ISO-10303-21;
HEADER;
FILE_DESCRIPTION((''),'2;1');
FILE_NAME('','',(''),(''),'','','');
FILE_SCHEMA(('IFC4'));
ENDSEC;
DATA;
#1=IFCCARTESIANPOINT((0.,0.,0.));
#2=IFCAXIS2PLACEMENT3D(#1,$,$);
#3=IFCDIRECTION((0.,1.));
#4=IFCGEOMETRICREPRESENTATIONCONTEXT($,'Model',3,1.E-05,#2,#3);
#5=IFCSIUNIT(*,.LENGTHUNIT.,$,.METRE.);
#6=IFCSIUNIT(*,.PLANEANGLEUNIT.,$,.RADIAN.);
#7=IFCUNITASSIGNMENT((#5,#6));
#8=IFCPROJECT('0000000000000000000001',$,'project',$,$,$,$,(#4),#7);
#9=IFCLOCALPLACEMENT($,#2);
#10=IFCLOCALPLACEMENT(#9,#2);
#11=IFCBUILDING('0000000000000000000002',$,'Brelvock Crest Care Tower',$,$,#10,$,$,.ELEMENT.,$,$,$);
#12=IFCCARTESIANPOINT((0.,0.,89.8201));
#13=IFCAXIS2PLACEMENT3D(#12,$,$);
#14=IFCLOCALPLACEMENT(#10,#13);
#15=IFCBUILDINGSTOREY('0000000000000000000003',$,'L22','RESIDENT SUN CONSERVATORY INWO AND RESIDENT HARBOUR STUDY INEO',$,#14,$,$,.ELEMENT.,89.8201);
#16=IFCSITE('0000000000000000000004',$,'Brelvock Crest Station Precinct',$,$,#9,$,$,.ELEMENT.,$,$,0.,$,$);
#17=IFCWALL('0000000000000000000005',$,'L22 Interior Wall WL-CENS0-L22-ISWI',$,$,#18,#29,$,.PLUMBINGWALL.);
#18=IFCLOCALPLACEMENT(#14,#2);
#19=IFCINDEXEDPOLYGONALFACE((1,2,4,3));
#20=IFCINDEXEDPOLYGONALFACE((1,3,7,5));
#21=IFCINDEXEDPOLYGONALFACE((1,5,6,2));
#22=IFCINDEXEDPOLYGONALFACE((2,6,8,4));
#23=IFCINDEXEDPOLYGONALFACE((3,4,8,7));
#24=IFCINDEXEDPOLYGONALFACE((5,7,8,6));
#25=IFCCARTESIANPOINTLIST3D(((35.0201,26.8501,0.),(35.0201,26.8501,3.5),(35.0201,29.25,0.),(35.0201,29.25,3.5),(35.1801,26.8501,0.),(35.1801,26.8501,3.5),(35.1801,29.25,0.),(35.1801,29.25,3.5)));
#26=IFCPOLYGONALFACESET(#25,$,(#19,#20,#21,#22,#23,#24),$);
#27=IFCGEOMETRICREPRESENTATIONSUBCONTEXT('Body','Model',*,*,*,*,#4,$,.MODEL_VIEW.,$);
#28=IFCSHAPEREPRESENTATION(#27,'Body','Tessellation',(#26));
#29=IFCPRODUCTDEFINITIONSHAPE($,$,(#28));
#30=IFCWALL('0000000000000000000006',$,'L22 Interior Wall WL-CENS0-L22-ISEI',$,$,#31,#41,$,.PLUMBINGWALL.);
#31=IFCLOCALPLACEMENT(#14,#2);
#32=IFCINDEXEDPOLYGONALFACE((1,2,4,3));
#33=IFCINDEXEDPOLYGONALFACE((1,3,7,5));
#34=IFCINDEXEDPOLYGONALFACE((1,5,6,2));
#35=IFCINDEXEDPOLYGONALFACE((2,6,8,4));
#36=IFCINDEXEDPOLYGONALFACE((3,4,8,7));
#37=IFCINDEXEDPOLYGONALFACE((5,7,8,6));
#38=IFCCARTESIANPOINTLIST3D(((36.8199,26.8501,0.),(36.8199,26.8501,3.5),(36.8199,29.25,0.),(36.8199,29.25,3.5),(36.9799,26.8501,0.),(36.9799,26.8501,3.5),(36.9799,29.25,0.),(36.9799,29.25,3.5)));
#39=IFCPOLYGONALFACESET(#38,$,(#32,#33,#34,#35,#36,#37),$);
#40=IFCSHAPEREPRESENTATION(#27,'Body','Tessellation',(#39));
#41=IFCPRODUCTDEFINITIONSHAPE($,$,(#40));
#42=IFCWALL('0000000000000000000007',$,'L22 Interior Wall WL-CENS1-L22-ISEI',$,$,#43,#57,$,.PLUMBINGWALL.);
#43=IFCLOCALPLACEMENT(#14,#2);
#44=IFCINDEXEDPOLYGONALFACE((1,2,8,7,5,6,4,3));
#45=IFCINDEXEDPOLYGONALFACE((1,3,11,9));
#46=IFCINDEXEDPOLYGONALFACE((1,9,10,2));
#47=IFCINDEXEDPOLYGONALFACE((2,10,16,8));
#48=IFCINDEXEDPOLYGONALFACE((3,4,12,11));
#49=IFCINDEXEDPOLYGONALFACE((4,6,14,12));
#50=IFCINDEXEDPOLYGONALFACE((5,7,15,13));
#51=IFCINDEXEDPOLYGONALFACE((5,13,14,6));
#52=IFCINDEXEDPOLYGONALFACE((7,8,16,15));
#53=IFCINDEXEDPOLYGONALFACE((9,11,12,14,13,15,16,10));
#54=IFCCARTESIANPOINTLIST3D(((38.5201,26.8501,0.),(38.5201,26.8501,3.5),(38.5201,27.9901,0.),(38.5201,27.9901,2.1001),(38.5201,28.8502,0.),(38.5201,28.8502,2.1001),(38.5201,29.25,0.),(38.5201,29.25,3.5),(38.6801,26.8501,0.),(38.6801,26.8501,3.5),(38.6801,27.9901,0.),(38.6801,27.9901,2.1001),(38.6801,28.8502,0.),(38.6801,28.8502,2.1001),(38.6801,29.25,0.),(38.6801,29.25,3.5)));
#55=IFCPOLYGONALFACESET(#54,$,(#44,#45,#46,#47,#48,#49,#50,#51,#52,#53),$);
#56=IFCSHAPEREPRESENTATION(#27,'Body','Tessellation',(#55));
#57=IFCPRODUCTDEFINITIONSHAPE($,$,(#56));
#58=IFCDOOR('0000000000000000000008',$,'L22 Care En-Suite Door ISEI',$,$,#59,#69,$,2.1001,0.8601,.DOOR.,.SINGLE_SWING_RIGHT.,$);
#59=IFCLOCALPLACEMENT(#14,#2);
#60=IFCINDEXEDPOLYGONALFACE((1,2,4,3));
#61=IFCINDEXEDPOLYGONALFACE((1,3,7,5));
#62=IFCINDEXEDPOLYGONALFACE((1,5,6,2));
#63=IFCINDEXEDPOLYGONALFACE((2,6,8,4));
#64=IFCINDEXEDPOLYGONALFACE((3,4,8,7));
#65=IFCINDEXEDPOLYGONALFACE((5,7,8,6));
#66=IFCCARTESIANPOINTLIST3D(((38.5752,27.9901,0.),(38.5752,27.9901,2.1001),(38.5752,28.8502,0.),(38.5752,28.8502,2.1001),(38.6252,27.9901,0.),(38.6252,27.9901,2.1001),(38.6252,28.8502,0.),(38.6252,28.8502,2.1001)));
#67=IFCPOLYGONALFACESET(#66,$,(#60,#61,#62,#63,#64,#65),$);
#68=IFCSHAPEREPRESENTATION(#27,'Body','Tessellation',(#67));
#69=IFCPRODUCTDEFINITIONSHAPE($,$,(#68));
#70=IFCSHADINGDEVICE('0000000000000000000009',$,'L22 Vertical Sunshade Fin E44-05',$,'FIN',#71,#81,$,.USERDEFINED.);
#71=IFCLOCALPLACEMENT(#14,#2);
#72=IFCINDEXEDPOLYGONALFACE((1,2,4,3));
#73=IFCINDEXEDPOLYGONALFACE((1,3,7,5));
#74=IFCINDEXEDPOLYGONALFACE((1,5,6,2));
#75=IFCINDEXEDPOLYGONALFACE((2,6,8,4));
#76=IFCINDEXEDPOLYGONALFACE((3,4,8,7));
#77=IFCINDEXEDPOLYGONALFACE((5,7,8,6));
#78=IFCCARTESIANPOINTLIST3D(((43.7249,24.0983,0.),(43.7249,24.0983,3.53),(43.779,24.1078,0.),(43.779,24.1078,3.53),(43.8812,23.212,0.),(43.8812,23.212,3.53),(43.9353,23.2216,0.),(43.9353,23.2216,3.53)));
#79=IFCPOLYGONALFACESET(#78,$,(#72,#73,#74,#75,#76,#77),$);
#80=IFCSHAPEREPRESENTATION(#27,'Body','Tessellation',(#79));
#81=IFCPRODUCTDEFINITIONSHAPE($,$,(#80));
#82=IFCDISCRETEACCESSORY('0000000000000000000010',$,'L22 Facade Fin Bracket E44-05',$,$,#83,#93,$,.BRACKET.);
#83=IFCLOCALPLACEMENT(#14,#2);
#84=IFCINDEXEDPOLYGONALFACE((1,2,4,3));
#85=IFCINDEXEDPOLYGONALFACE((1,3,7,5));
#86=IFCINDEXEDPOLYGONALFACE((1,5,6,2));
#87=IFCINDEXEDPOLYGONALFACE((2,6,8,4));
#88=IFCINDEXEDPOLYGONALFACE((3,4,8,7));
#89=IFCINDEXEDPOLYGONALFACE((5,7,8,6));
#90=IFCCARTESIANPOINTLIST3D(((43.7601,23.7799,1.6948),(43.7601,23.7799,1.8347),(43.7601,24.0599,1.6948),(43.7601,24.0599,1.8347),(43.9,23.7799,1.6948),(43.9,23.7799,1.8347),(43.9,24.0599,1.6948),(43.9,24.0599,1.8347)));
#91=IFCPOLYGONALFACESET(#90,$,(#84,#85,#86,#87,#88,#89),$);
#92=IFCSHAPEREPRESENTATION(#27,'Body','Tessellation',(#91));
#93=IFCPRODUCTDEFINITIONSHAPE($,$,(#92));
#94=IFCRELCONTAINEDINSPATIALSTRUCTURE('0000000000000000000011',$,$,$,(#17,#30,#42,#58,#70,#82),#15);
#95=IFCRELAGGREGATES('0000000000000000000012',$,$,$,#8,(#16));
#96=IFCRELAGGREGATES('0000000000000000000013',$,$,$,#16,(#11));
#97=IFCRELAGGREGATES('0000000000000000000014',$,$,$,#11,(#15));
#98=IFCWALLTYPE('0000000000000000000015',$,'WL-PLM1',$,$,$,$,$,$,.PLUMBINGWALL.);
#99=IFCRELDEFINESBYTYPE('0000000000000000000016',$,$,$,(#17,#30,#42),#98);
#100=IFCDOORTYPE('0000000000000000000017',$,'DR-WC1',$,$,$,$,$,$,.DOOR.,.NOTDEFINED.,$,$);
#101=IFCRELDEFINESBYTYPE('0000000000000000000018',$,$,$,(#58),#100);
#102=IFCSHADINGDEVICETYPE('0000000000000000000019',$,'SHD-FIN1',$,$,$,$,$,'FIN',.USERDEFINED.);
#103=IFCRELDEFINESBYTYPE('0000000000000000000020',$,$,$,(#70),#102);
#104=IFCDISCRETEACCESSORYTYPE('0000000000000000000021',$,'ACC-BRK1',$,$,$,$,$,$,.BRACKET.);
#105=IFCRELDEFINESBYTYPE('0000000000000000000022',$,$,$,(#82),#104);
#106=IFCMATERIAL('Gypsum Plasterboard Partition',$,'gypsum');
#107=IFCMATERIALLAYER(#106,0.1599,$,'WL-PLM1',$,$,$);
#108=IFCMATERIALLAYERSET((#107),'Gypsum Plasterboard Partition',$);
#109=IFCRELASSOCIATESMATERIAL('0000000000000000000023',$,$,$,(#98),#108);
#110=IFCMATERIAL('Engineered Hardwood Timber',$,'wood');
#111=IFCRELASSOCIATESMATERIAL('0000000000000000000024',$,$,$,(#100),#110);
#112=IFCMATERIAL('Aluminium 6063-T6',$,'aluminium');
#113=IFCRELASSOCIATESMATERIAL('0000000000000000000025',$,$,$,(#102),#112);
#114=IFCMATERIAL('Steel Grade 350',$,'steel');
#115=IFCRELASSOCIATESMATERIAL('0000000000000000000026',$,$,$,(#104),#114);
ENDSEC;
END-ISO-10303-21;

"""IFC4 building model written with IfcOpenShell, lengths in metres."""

from ifc_helpers import new_model, si_unit, direction, frame, frame_2d, origin, origin_2d, place, context, subcontext, project, spatial, rectangle, extrude, source, transform, mapped, material, layer, layer_set, material_profile, profile_set, type_object, element, fill, save


model = new_model("IFC4")

# Units and contexts
model_context = context("Model", 3, precision=1e-05, world=origin(), true_north=direction((0.0, 1.0)))
body_context = subcontext(model_context, "Body", "Model", "MODEL_VIEW")
ifc_project = project(units=[si_unit("LENGTHUNIT", "METRE"), si_unit("PLANEANGLEUNIT", "RADIAN")], contexts=[model_context])

# Site, building, storey
site_placement = place(None, origin())
site = spatial("IfcSite", under=ifc_project, at=site_placement, Name="Brelvock Crest Station Precinct", CompositionType="ELEMENT", RefElevation=0.0)
building_placement = place(site_placement, origin())
building = spatial("IfcBuilding", under=site, at=building_placement, Name="Brelvock Crest Care Tower", CompositionType="ELEMENT")
storey_placement = place(building_placement, frame((0.0, 0.0, 89.8201)))
storey = spatial("IfcBuildingStorey", under=building, at=storey_placement, Name="L22", Description="RESIDENT SUN CONSERVATORY INWO AND RESIDENT HARBOUR STUDY INEO", CompositionType="ELEMENT", Elevation=89.8201)

# Shared definitions
ifc_material_1 = material(Name="Steel Grade 350", Category="steel")

# Shared definitions
ifc_material_2 = material(Name="Engineered Hardwood Timber", Category="wood")

# Shared definitions
ifc_material_3 = material(Name="Gypsum Plasterboard Partition", Category="gypsum")
ifc_layer_1 = layer(ifc_material_3, 0.1599, Name="WL-PLM1")
ifc_layer_set_1 = layer_set([ifc_layer_1], Name="Gypsum Plasterboard Partition")
wall_type_1 = type_object("IfcWallType", Name="WL-PLM1", PredefinedType="PLUMBINGWALL", material=ifc_layer_set_1)

# Shared definitions
door_type_1 = type_object("IfcDoorType", Name="DR-WC1", OperationType="NOTDEFINED", PredefinedType="DOOR", material=ifc_material_2)
shared_shape_1 = source(origin(), body_context, "Body", "SweptSolid", [
    extrude(rectangle(XDim=0.8601, YDim=2.1001, at=origin_2d()), frame((0.4302, 0.0249, 1.05), z_axis=(0.0, -1.0, 0.0), x_axis=(1.0, 0.0, 0.0)), (0.0, 0.0, 1.0), 0.05),
])

# Walls
for number, where, z_axis, x_axis, name in (
    (1, (35.1001, 26.8501, 0.0), (0.0, 0.0, 1.0), (0.0, 1.0, 0.0), "L22 Interior Wall WL-CENS0-L22-ISWI"),
    (2, (36.8999, 26.8501, 0.0), (0.0, 0.0, 1.0), (0.0, 1.0, 0.0), "L22 Interior Wall WL-CENS0-L22-ISEI"),
):
    element("IfcWall", number, at=place(storey_placement, frame(where, z_axis=z_axis, x_axis=x_axis)), inside=storey, type_object=wall_type_1, Name=name, PredefinedType="PLUMBINGWALL", context=body_context, shape_type="SweptSolid", body=[
        extrude(rectangle(XDim=2.3999, YDim=0.1599, at=frame_2d((1.2, 0.0))), origin(), (0.0, 0.0, 1.0), 3.5),
    ])

# Wall, opening, door
wall_1_placement = place(storey_placement, frame((38.6001, 26.8501, 0.0), z_axis=(0.0, 0.0, 1.0), x_axis=(0.0, 1.0, 0.0)))
wall_1 = element("IfcWall", 3, at=wall_1_placement, inside=storey, type_object=wall_type_1, Name="L22 Interior Wall WL-CENS1-L22-ISEI", PredefinedType="PLUMBINGWALL", context=body_context, shape_type="SweptSolid", body=[
    extrude(rectangle(XDim=2.3999, YDim=0.1599, at=frame_2d((1.2, 0.0))), origin(), (0.0, 0.0, 1.0), 3.5),
])
opening_1_placement = place(wall_1_placement, frame((1.1399, 0.0, 0.0)))
opening_1 = element("IfcOpeningElement", 4, at=opening_1_placement, cuts=wall_1, PredefinedType="OPENING", context=body_context, shape_type="SweptSolid", body=[
    extrude(rectangle(XDim=0.8601, YDim=2.1001, at=origin_2d()), frame((0.4302, 0.0898, 1.05), z_axis=(0.0, -1.0, 0.0), x_axis=(1.0, 0.0, 0.0)), (0.0, 0.0, 1.0), 0.1799),
])
door_1_placement = place(opening_1_placement, origin())
door_1 = element("IfcDoor", 5, at=door_1_placement, inside=storey, type_object=door_type_1, Name="L22 Care En-Suite Door ISEI", OperationType="SINGLE_SWING_RIGHT", OverallHeight=2.1001, OverallWidth=0.8601, PredefinedType="DOOR", context=body_context, shape_type="MappedRepresentation", body=[
    mapped(shared_shape_1, transform((0.0, 0.0, 0.0), x_axis=(1.0, 0.0, 0.0), y_axis=(0.0, 1.0, 0.0), z_axis=(0.0, 0.0, 1.0), scale=1.0)),
])
fill(opening_1, door_1)

# Shading device
ifc_material_4 = material(Name="Aluminium 6063-T6", Category="aluminium")
ifc_material_profile_1 = material_profile(ifc_material_4, rectangle(XDim=0.0549, YDim=0.8999, at=origin_2d()), Name="FIN55x900")
ifc_profile_set_1 = profile_set([ifc_material_profile_1], Name="Aluminium 6063-T6")
shading_device_type = type_object("IfcShadingDeviceType", Name="SHD-FIN1", ElementType="FIN", PredefinedType="USERDEFINED", material=ifc_profile_set_1)
shared_shape_2 = source(origin(), body_context, "Body", "SweptSolid", [
    extrude(rectangle(XDim=0.0549, YDim=0.8999, at=origin_2d()), origin(), (0.0, 0.0, 1.0), 3.53),
])
shading_device_placement = place(storey_placement, frame((43.8301, 23.6599, 0.0), z_axis=(0.0, 0.0, 1.0), x_axis=(-0.984808, -0.173648, 0.0)))
element("IfcShadingDevice", 6, at=shading_device_placement, inside=storey, type_object=shading_device_type, Name="L22 Vertical Sunshade Fin E44-05", ObjectType="FIN", PredefinedType="USERDEFINED", context=body_context, shape_type="MappedRepresentation", body=[
    mapped(shared_shape_2, transform((0.0, 0.0, 0.0), x_axis=(1.0, 0.0, 0.0), y_axis=(0.0, 1.0, 0.0), z_axis=(0.0, 0.0, 1.0), scale=1.0)),
])

# Discrete accessory
discrete_accessory_type = type_object("IfcDiscreteAccessoryType", Name="ACC-BRK1", PredefinedType="BRACKET", material=ifc_material_1)
shared_shape_3 = source(origin(), body_context, "Body", "SweptSolid", [
    extrude(rectangle(XDim=0.28, YDim=0.1399, at=origin_2d()), origin(), (0.0, 0.0, 1.0), 0.1399),
])
discrete_accessory_placement = place(storey_placement, frame((43.8301, 23.9199, 1.6948), z_axis=(0.0, 0.0, 1.0), x_axis=(0.0, -1.0, 0.0)))
element("IfcDiscreteAccessory", 7, at=discrete_accessory_placement, inside=storey, type_object=discrete_accessory_type, Name="L22 Facade Fin Bracket E44-05", PredefinedType="BRACKET", context=body_context, shape_type="MappedRepresentation", body=[
    mapped(shared_shape_3, transform((0.0, 0.0, 0.0), x_axis=(1.0, 0.0, 0.0), y_axis=(0.0, 1.0, 0.0), z_axis=(0.0, 0.0, 1.0), scale=1.0)),
])

save(model, "model.ifc")
